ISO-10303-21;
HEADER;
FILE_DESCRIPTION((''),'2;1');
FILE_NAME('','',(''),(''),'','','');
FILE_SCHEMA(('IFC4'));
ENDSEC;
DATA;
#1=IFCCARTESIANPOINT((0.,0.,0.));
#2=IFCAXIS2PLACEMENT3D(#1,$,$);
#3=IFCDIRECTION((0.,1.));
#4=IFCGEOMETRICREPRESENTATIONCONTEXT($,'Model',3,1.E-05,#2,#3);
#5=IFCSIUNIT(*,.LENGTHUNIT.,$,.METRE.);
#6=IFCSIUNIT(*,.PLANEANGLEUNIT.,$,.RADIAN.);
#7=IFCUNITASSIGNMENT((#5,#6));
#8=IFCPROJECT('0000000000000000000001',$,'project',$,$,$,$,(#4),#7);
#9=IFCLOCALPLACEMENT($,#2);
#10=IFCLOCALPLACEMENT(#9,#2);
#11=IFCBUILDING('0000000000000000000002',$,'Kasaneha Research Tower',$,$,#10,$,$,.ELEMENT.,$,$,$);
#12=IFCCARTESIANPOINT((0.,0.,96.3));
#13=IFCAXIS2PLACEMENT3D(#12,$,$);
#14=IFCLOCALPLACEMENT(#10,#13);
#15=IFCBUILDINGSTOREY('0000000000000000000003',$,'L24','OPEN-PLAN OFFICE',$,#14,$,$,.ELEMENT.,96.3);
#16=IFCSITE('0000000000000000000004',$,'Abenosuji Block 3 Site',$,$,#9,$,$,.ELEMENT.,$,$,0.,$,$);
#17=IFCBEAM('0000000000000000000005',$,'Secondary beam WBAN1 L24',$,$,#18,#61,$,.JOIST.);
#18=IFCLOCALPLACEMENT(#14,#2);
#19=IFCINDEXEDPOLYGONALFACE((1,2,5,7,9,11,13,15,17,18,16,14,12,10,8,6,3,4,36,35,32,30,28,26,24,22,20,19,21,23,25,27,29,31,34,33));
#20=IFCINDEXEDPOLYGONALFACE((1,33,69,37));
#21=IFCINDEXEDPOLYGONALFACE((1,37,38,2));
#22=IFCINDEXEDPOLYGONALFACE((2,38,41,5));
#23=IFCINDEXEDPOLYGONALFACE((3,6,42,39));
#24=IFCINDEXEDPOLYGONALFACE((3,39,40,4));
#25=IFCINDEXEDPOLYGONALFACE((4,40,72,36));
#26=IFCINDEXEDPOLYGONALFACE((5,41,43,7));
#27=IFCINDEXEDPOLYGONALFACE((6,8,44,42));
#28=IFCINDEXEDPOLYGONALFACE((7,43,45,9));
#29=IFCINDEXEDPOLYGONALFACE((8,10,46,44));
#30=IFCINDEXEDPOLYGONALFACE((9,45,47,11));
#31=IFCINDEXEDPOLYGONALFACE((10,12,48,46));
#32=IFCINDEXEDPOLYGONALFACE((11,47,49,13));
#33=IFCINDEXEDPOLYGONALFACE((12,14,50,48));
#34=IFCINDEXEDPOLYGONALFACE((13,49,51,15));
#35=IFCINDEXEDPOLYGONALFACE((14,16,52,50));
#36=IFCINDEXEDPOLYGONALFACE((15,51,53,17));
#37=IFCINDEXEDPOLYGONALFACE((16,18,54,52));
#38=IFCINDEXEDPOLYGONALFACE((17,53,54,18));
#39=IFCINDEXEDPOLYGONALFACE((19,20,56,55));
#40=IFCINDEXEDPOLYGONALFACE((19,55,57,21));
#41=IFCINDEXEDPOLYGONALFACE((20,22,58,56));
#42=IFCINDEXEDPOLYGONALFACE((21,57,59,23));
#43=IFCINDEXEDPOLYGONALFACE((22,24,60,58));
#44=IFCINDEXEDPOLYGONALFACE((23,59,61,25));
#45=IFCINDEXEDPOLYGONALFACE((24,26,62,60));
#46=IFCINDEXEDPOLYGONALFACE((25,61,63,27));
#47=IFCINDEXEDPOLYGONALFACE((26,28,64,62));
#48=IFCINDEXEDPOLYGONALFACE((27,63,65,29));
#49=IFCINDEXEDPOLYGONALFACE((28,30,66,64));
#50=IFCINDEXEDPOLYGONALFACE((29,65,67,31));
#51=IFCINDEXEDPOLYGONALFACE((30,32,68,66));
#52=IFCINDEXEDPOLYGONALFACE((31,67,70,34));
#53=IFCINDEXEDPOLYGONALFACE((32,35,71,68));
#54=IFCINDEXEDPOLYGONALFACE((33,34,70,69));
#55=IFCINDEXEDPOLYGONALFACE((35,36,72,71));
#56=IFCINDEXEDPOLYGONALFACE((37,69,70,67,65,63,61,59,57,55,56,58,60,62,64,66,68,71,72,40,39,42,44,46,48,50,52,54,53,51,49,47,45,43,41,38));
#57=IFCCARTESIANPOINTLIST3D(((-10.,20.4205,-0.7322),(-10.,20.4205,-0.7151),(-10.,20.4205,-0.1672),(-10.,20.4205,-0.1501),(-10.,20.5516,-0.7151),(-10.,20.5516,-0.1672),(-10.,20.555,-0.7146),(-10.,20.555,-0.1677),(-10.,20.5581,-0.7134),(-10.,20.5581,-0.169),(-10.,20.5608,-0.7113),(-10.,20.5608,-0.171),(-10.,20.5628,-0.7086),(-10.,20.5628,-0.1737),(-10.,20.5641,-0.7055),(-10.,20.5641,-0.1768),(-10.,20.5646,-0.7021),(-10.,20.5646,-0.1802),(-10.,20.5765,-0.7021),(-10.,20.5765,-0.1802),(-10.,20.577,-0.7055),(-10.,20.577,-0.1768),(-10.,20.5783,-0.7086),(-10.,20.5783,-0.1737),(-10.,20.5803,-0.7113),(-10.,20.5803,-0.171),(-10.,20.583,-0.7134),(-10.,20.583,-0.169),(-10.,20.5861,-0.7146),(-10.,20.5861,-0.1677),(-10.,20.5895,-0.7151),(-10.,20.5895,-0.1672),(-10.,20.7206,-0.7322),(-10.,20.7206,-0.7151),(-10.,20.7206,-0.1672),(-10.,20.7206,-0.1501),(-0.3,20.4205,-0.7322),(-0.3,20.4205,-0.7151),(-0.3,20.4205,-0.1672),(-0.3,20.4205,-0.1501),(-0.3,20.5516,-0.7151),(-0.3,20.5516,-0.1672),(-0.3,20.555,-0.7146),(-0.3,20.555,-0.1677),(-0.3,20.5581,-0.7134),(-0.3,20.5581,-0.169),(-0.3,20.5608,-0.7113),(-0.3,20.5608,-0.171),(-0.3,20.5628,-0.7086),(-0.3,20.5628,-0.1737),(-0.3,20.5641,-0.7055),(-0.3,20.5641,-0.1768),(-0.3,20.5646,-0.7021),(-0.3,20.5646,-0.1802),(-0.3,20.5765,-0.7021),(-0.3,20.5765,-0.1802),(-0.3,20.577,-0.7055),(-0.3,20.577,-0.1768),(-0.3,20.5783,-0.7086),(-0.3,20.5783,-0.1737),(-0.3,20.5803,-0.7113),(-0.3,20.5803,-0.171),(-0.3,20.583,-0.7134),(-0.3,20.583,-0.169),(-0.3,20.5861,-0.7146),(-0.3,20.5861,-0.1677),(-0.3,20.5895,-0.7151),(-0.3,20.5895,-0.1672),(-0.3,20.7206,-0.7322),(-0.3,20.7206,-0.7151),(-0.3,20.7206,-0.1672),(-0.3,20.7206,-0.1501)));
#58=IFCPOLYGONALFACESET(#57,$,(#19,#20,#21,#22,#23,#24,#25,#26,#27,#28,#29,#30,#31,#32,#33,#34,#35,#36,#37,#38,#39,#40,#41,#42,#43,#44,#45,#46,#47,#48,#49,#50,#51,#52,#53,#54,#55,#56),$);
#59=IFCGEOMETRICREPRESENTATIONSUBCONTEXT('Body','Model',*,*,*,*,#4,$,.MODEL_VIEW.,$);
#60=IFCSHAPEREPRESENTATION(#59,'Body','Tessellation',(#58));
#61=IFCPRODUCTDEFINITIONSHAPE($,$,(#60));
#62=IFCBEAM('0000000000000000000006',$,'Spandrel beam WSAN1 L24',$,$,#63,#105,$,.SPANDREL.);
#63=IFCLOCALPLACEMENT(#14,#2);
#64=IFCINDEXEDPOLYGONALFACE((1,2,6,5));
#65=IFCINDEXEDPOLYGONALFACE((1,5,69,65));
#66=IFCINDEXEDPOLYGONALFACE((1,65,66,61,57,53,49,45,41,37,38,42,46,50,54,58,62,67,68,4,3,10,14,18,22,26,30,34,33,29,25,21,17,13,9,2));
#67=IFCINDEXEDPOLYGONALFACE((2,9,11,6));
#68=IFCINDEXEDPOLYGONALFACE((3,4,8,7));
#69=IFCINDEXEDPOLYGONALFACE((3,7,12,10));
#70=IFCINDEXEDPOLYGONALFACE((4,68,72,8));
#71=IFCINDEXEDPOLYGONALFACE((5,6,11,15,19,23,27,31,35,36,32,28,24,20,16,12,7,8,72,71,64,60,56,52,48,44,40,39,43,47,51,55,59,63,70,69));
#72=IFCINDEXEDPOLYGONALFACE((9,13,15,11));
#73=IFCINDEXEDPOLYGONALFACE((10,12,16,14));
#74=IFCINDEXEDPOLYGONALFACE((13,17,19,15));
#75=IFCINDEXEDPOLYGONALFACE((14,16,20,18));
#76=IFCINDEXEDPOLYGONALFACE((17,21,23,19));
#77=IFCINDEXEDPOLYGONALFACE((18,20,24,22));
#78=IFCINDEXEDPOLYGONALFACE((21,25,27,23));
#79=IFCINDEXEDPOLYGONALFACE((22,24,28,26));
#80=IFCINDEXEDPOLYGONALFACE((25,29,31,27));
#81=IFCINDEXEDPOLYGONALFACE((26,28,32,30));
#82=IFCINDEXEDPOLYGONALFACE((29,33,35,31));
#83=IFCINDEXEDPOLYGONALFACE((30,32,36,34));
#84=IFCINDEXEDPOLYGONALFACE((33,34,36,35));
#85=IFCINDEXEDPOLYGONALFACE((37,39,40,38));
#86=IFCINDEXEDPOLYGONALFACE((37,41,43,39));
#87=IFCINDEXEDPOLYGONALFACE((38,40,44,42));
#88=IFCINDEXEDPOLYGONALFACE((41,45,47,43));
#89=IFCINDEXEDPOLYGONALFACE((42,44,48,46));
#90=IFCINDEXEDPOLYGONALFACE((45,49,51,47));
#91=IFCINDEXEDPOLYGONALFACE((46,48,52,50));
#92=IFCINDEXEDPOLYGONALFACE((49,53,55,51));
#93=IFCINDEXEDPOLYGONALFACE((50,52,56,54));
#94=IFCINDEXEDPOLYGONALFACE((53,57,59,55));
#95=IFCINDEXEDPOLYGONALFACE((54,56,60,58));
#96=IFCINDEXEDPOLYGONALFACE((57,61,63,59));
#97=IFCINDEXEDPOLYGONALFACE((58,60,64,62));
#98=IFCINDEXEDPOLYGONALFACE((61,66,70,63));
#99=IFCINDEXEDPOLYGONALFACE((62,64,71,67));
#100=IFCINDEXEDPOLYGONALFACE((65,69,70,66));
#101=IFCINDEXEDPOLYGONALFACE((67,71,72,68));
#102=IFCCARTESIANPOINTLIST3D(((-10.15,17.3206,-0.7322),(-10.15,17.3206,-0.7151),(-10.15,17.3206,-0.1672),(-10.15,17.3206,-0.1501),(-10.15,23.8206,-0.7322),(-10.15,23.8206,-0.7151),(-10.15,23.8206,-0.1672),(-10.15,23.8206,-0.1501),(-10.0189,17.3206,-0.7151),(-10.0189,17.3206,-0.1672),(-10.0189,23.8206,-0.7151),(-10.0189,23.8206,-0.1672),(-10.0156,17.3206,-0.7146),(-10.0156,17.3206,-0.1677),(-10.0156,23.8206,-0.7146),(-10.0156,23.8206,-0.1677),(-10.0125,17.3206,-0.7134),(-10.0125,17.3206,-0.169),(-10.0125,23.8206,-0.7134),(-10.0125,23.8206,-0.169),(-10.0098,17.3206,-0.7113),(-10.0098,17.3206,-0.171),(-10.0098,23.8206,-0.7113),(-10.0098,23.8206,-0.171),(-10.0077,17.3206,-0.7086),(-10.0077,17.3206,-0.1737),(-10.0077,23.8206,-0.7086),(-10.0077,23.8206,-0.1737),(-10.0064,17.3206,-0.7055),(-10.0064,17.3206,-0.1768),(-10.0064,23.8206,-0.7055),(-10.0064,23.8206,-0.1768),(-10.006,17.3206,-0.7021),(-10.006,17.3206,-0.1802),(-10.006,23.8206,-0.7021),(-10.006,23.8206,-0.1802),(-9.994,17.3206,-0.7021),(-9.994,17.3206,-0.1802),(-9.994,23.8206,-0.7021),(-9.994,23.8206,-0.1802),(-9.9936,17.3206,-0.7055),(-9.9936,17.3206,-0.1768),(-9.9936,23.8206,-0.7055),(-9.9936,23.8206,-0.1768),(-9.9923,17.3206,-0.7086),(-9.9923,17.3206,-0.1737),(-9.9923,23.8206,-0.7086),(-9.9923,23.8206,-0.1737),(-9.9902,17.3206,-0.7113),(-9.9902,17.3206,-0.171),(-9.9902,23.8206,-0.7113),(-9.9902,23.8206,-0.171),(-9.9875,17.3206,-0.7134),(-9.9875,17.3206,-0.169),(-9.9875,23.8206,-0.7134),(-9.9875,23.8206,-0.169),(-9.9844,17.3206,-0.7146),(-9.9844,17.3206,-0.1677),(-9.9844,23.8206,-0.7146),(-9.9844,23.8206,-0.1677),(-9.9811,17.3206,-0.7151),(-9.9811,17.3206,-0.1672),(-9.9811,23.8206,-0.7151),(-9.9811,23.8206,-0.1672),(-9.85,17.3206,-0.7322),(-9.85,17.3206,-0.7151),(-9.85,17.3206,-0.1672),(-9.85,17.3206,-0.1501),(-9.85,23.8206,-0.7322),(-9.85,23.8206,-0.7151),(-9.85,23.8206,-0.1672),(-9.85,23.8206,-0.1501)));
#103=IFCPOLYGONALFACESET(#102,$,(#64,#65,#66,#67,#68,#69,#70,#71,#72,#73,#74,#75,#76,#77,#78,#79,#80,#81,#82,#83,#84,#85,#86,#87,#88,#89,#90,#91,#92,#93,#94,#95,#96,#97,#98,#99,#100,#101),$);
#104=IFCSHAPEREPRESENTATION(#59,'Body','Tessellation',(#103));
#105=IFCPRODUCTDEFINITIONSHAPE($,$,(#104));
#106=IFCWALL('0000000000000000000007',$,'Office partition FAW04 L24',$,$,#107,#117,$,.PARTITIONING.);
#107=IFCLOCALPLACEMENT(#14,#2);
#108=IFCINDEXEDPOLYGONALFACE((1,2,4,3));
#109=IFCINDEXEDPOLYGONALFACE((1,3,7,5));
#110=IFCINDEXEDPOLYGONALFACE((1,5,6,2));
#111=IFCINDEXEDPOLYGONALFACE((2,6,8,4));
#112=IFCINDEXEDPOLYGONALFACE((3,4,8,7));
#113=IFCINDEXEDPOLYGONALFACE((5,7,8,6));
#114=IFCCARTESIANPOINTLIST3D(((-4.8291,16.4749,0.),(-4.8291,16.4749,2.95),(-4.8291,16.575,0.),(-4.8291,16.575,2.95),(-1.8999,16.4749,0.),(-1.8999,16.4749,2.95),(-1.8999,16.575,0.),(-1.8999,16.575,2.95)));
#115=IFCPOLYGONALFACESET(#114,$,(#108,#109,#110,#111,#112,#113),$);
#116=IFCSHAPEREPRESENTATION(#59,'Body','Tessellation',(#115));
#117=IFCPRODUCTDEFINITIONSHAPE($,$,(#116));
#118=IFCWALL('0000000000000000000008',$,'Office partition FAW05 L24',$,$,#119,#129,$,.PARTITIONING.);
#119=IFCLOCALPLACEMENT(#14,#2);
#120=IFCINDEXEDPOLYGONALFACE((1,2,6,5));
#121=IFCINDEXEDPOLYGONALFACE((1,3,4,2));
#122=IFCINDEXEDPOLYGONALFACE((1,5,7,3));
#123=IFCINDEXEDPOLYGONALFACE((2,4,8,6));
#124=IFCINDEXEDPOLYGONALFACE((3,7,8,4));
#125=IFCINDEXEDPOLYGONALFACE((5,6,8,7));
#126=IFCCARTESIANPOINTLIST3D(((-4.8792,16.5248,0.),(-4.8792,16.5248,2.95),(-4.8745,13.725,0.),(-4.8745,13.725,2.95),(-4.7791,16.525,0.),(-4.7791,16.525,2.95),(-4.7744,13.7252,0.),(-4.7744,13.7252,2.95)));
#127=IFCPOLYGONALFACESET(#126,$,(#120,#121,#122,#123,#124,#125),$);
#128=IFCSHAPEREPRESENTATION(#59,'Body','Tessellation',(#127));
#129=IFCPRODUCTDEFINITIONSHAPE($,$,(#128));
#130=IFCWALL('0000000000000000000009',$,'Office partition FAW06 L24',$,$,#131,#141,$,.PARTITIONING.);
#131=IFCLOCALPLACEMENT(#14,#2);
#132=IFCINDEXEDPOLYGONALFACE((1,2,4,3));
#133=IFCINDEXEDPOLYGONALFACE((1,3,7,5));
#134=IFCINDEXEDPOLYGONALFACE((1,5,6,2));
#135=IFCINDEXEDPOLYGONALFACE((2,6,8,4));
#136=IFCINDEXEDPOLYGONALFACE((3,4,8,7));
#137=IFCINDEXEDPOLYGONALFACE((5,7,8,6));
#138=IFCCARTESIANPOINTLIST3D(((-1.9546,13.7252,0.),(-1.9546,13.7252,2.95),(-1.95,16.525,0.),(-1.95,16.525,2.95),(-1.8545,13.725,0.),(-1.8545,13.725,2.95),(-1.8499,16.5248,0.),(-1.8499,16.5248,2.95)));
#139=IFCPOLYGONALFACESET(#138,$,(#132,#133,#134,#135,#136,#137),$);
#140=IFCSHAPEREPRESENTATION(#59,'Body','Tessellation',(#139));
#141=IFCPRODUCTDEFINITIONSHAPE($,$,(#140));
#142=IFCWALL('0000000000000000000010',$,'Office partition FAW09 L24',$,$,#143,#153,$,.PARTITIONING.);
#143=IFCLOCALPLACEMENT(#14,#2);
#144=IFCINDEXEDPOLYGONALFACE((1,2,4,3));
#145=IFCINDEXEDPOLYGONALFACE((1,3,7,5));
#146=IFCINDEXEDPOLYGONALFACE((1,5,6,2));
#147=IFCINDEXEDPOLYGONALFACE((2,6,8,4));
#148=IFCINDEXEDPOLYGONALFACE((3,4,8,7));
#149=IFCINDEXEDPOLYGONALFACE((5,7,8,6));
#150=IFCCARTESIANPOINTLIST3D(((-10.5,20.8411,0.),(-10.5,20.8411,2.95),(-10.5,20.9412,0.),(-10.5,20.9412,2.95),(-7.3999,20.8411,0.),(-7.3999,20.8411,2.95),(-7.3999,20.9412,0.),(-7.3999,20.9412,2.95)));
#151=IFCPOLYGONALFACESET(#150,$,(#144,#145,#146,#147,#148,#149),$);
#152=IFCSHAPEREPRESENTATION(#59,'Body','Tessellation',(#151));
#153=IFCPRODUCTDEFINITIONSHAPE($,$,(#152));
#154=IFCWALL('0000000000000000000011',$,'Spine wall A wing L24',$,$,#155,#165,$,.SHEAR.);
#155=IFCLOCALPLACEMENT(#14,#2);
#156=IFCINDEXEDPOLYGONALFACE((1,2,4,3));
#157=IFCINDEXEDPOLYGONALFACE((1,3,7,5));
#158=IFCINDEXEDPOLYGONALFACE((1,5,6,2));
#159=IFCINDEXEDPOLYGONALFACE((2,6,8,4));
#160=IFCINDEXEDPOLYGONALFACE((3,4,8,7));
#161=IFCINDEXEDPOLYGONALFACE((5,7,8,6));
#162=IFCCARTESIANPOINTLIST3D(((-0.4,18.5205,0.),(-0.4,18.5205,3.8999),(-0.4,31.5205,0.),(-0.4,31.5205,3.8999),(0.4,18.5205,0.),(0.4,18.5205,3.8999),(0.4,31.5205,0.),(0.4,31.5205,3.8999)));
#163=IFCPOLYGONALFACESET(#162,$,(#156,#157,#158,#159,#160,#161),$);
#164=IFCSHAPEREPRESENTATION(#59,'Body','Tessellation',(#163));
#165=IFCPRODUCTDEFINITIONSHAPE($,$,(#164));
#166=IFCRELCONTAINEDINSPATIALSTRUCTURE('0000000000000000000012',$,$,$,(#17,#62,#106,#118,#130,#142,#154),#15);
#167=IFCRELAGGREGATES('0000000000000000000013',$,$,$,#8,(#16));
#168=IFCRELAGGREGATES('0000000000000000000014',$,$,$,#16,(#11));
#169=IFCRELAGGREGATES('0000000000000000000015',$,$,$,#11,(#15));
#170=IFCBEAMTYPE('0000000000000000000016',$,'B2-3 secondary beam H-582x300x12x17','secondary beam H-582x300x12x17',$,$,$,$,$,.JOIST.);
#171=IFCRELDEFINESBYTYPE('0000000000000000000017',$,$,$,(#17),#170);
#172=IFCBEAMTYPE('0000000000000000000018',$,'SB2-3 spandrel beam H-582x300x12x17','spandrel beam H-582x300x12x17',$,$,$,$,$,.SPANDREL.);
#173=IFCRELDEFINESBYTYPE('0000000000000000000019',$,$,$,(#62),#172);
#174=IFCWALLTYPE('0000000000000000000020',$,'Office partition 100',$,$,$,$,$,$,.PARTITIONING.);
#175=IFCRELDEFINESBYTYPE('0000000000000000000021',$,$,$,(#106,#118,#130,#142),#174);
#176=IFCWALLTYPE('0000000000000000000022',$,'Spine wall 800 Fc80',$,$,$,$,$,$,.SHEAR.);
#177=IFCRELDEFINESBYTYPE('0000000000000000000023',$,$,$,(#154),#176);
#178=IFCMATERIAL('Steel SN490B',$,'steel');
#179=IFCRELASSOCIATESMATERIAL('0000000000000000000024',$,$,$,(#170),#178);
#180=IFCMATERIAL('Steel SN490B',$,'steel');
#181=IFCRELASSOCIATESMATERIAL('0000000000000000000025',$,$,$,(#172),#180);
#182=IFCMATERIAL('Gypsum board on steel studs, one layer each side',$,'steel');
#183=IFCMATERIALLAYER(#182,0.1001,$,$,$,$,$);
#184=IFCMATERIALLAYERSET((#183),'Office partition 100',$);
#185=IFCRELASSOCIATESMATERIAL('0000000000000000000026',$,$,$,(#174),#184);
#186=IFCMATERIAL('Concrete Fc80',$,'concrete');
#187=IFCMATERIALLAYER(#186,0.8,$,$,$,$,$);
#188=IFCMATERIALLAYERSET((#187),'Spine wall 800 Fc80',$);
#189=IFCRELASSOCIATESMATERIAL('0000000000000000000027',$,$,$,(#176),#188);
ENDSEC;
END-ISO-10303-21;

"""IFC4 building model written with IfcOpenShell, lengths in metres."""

from ifc_helpers import new_model, si_unit, direction, frame, frame_2d, origin, origin_2d, place, context, subcontext, project, spatial, rectangle, i_section, extrude, material, layer, layer_set, material_profile, profile_set, type_object, element, save


model = new_model("IFC4")

# Units and contexts
model_context = context("Model", 3, precision=1e-05, world=origin(), true_north=direction((0.0, 1.0)))
body_context = subcontext(model_context, "Body", "Model", "MODEL_VIEW")
ifc_project = project(units=[si_unit("LENGTHUNIT", "METRE"), si_unit("PLANEANGLEUNIT", "RADIAN")], contexts=[model_context])

# Site, building, storey
site_placement = place(None, origin())
site = spatial("IfcSite", under=ifc_project, at=site_placement, Name="Abenosuji Block 3 Site", CompositionType="ELEMENT", RefElevation=0.0)
building_placement = place(site_placement, origin())
building = spatial("IfcBuilding", under=site, at=building_placement, Name="Kasaneha Research Tower", CompositionType="ELEMENT")
storey_placement = place(building_placement, frame((0.0, 0.0, 96.3)))
storey = spatial("IfcBuildingStorey", under=building, at=storey_placement, Name="L24", Description="OPEN-PLAN OFFICE", CompositionType="ELEMENT", Elevation=96.3)

# Beams
ifc_material_1 = material(Name="Steel SN490B", Category="steel")
ifc_material_profile_1 = material_profile(ifc_material_1, i_section(OverallWidth=0.3, OverallDepth=0.582, WebThickness=0.012, FlangeThickness=0.0171, FilletRadius=0.0129, at=origin_2d()), Name="H-582x300x12x17")
ifc_profile_set_1 = profile_set([ifc_material_profile_1], Name="Steel SN490B")
beam_type_1 = type_object("IfcBeamType", Name="B2-3 secondary beam H-582x300x12x17", Description="secondary beam H-582x300x12x17", PredefinedType="JOIST", material=ifc_profile_set_1)
beam_1_placement = place(storey_placement, frame((-10.0, 20.5706, -0.4412), z_axis=(1.0, 0.0, 0.0), x_axis=(0.0, 1.0, 0.0)))
element("IfcBeam", 1, at=beam_1_placement, inside=storey, type_object=beam_type_1, Name="Secondary beam WBAN1 L24", PredefinedType="JOIST", context=body_context, shape_type="SweptSolid", body=[
    extrude(i_section(OverallWidth=0.3, OverallDepth=0.582, WebThickness=0.012, FlangeThickness=0.0171, FilletRadius=0.0129, at=origin_2d()), origin(), (0.0, 0.0, 1.0), 9.7),
])
ifc_material_2 = material(Name="Steel SN490B", Category="steel")
ifc_material_profile_2 = material_profile(ifc_material_2, i_section(OverallWidth=0.3, OverallDepth=0.582, WebThickness=0.012, FlangeThickness=0.0171, FilletRadius=0.0129, at=origin_2d()), Name="H-582x300x12x17")
ifc_profile_set_2 = profile_set([ifc_material_profile_2], Name="Steel SN490B")
beam_type_2 = type_object("IfcBeamType", Name="SB2-3 spandrel beam H-582x300x12x17", Description="spandrel beam H-582x300x12x17", PredefinedType="SPANDREL", material=ifc_profile_set_2)
beam_2_placement = place(storey_placement, frame((-10.0, 17.3206, -0.4412), z_axis=(0.0, 1.0, 0.0), x_axis=(-1.0, 0.0, 0.0)))
element("IfcBeam", 2, at=beam_2_placement, inside=storey, type_object=beam_type_2, Name="Spandrel beam WSAN1 L24", PredefinedType="SPANDREL", context=body_context, shape_type="SweptSolid", body=[
    extrude(i_section(OverallWidth=0.3, OverallDepth=0.582, WebThickness=0.012, FlangeThickness=0.0171, FilletRadius=0.0129, at=origin_2d()), origin(), (0.0, 0.0, 1.0), 6.5),
])

# Walls
ifc_material_3 = material(Name="Gypsum board on steel studs, one layer each side", Category="steel")
ifc_layer_1 = layer(ifc_material_3, 0.1001)
ifc_layer_set_1 = layer_set([ifc_layer_1], Name="Office partition 100")
wall_type_1 = type_object("IfcWallType", Name="Office partition 100", PredefinedType="PARTITIONING", material=ifc_layer_set_1)
wall_1_placement = place(storey_placement, frame((-4.8291, 16.5249, 0.0), z_axis=(0.0, 0.0, 1.0), x_axis=(1.0, 0.0, 0.0)))
element("IfcWall", 3, at=wall_1_placement, inside=storey, type_object=wall_type_1, Name="Office partition FAW04 L24", PredefinedType="PARTITIONING", context=body_context, shape_type="SweptSolid", body=[
    extrude(rectangle(XDim=2.9292, YDim=0.1001, at=frame_2d((1.4646, 0.0))), origin(), (0.0, 0.0, 1.0), 2.95),
])
for number, where, z_axis, x_axis, name in (
    (4, (-4.8245, 13.7251, 0.0), (0.0, 0.0, 1.0), (-0.001657, 0.999999, 0.0), "Office partition FAW05 L24"),
    (5, (-1.8999, 16.5249, 0.0), (0.0, 0.0, 1.0), (-0.001657, -0.999999, 0.0), "Office partition FAW06 L24"),
):
    element("IfcWall", number, at=place(storey_placement, frame(where, z_axis=z_axis, x_axis=x_axis)), inside=storey, type_object=wall_type_1, Name=name, PredefinedType="PARTITIONING", context=body_context, shape_type="SweptSolid", body=[
        extrude(rectangle(XDim=2.7998, YDim=0.1001, at=frame_2d((1.3999, 0.0))), origin(), (0.0, 0.0, 1.0), 2.95),
    ])
wall_2_placement = place(storey_placement, frame((-7.3999, 20.8911, 0.0), z_axis=(0.0, 0.0, 1.0), x_axis=(-1.0, 0.0, 0.0)))
element("IfcWall", 6, at=wall_2_placement, inside=storey, type_object=wall_type_1, Name="Office partition FAW09 L24", PredefinedType="PARTITIONING", context=body_context, shape_type="SweptSolid", body=[
    extrude(rectangle(XDim=3.1001, YDim=0.1001, at=frame_2d((1.55, 0.0))), origin(), (0.0, 0.0, 1.0), 2.95),
])
ifc_material_4 = material(Name="Concrete Fc80", Category="concrete")
ifc_layer_2 = layer(ifc_material_4, 0.8)
ifc_layer_set_2 = layer_set([ifc_layer_2], Name="Spine wall 800 Fc80")
wall_type_2 = type_object("IfcWallType", Name="Spine wall 800 Fc80", PredefinedType="SHEAR", material=ifc_layer_set_2)
wall_3_placement = place(storey_placement, frame((0.0, 18.5205, 0.0), z_axis=(0.0, 0.0, 1.0), x_axis=(0.0, 1.0, 0.0)))
element("IfcWall", 7, at=wall_3_placement, inside=storey, type_object=wall_type_2, Name="Spine wall A wing L24", PredefinedType="SHEAR", context=body_context, shape_type="SweptSolid", body=[
    extrude(rectangle(XDim=13.0, YDim=0.8, at=frame_2d((6.5, 0.0))), origin(), (0.0, 0.0, 1.0), 3.8999),
])

save(model, "model.ifc")
